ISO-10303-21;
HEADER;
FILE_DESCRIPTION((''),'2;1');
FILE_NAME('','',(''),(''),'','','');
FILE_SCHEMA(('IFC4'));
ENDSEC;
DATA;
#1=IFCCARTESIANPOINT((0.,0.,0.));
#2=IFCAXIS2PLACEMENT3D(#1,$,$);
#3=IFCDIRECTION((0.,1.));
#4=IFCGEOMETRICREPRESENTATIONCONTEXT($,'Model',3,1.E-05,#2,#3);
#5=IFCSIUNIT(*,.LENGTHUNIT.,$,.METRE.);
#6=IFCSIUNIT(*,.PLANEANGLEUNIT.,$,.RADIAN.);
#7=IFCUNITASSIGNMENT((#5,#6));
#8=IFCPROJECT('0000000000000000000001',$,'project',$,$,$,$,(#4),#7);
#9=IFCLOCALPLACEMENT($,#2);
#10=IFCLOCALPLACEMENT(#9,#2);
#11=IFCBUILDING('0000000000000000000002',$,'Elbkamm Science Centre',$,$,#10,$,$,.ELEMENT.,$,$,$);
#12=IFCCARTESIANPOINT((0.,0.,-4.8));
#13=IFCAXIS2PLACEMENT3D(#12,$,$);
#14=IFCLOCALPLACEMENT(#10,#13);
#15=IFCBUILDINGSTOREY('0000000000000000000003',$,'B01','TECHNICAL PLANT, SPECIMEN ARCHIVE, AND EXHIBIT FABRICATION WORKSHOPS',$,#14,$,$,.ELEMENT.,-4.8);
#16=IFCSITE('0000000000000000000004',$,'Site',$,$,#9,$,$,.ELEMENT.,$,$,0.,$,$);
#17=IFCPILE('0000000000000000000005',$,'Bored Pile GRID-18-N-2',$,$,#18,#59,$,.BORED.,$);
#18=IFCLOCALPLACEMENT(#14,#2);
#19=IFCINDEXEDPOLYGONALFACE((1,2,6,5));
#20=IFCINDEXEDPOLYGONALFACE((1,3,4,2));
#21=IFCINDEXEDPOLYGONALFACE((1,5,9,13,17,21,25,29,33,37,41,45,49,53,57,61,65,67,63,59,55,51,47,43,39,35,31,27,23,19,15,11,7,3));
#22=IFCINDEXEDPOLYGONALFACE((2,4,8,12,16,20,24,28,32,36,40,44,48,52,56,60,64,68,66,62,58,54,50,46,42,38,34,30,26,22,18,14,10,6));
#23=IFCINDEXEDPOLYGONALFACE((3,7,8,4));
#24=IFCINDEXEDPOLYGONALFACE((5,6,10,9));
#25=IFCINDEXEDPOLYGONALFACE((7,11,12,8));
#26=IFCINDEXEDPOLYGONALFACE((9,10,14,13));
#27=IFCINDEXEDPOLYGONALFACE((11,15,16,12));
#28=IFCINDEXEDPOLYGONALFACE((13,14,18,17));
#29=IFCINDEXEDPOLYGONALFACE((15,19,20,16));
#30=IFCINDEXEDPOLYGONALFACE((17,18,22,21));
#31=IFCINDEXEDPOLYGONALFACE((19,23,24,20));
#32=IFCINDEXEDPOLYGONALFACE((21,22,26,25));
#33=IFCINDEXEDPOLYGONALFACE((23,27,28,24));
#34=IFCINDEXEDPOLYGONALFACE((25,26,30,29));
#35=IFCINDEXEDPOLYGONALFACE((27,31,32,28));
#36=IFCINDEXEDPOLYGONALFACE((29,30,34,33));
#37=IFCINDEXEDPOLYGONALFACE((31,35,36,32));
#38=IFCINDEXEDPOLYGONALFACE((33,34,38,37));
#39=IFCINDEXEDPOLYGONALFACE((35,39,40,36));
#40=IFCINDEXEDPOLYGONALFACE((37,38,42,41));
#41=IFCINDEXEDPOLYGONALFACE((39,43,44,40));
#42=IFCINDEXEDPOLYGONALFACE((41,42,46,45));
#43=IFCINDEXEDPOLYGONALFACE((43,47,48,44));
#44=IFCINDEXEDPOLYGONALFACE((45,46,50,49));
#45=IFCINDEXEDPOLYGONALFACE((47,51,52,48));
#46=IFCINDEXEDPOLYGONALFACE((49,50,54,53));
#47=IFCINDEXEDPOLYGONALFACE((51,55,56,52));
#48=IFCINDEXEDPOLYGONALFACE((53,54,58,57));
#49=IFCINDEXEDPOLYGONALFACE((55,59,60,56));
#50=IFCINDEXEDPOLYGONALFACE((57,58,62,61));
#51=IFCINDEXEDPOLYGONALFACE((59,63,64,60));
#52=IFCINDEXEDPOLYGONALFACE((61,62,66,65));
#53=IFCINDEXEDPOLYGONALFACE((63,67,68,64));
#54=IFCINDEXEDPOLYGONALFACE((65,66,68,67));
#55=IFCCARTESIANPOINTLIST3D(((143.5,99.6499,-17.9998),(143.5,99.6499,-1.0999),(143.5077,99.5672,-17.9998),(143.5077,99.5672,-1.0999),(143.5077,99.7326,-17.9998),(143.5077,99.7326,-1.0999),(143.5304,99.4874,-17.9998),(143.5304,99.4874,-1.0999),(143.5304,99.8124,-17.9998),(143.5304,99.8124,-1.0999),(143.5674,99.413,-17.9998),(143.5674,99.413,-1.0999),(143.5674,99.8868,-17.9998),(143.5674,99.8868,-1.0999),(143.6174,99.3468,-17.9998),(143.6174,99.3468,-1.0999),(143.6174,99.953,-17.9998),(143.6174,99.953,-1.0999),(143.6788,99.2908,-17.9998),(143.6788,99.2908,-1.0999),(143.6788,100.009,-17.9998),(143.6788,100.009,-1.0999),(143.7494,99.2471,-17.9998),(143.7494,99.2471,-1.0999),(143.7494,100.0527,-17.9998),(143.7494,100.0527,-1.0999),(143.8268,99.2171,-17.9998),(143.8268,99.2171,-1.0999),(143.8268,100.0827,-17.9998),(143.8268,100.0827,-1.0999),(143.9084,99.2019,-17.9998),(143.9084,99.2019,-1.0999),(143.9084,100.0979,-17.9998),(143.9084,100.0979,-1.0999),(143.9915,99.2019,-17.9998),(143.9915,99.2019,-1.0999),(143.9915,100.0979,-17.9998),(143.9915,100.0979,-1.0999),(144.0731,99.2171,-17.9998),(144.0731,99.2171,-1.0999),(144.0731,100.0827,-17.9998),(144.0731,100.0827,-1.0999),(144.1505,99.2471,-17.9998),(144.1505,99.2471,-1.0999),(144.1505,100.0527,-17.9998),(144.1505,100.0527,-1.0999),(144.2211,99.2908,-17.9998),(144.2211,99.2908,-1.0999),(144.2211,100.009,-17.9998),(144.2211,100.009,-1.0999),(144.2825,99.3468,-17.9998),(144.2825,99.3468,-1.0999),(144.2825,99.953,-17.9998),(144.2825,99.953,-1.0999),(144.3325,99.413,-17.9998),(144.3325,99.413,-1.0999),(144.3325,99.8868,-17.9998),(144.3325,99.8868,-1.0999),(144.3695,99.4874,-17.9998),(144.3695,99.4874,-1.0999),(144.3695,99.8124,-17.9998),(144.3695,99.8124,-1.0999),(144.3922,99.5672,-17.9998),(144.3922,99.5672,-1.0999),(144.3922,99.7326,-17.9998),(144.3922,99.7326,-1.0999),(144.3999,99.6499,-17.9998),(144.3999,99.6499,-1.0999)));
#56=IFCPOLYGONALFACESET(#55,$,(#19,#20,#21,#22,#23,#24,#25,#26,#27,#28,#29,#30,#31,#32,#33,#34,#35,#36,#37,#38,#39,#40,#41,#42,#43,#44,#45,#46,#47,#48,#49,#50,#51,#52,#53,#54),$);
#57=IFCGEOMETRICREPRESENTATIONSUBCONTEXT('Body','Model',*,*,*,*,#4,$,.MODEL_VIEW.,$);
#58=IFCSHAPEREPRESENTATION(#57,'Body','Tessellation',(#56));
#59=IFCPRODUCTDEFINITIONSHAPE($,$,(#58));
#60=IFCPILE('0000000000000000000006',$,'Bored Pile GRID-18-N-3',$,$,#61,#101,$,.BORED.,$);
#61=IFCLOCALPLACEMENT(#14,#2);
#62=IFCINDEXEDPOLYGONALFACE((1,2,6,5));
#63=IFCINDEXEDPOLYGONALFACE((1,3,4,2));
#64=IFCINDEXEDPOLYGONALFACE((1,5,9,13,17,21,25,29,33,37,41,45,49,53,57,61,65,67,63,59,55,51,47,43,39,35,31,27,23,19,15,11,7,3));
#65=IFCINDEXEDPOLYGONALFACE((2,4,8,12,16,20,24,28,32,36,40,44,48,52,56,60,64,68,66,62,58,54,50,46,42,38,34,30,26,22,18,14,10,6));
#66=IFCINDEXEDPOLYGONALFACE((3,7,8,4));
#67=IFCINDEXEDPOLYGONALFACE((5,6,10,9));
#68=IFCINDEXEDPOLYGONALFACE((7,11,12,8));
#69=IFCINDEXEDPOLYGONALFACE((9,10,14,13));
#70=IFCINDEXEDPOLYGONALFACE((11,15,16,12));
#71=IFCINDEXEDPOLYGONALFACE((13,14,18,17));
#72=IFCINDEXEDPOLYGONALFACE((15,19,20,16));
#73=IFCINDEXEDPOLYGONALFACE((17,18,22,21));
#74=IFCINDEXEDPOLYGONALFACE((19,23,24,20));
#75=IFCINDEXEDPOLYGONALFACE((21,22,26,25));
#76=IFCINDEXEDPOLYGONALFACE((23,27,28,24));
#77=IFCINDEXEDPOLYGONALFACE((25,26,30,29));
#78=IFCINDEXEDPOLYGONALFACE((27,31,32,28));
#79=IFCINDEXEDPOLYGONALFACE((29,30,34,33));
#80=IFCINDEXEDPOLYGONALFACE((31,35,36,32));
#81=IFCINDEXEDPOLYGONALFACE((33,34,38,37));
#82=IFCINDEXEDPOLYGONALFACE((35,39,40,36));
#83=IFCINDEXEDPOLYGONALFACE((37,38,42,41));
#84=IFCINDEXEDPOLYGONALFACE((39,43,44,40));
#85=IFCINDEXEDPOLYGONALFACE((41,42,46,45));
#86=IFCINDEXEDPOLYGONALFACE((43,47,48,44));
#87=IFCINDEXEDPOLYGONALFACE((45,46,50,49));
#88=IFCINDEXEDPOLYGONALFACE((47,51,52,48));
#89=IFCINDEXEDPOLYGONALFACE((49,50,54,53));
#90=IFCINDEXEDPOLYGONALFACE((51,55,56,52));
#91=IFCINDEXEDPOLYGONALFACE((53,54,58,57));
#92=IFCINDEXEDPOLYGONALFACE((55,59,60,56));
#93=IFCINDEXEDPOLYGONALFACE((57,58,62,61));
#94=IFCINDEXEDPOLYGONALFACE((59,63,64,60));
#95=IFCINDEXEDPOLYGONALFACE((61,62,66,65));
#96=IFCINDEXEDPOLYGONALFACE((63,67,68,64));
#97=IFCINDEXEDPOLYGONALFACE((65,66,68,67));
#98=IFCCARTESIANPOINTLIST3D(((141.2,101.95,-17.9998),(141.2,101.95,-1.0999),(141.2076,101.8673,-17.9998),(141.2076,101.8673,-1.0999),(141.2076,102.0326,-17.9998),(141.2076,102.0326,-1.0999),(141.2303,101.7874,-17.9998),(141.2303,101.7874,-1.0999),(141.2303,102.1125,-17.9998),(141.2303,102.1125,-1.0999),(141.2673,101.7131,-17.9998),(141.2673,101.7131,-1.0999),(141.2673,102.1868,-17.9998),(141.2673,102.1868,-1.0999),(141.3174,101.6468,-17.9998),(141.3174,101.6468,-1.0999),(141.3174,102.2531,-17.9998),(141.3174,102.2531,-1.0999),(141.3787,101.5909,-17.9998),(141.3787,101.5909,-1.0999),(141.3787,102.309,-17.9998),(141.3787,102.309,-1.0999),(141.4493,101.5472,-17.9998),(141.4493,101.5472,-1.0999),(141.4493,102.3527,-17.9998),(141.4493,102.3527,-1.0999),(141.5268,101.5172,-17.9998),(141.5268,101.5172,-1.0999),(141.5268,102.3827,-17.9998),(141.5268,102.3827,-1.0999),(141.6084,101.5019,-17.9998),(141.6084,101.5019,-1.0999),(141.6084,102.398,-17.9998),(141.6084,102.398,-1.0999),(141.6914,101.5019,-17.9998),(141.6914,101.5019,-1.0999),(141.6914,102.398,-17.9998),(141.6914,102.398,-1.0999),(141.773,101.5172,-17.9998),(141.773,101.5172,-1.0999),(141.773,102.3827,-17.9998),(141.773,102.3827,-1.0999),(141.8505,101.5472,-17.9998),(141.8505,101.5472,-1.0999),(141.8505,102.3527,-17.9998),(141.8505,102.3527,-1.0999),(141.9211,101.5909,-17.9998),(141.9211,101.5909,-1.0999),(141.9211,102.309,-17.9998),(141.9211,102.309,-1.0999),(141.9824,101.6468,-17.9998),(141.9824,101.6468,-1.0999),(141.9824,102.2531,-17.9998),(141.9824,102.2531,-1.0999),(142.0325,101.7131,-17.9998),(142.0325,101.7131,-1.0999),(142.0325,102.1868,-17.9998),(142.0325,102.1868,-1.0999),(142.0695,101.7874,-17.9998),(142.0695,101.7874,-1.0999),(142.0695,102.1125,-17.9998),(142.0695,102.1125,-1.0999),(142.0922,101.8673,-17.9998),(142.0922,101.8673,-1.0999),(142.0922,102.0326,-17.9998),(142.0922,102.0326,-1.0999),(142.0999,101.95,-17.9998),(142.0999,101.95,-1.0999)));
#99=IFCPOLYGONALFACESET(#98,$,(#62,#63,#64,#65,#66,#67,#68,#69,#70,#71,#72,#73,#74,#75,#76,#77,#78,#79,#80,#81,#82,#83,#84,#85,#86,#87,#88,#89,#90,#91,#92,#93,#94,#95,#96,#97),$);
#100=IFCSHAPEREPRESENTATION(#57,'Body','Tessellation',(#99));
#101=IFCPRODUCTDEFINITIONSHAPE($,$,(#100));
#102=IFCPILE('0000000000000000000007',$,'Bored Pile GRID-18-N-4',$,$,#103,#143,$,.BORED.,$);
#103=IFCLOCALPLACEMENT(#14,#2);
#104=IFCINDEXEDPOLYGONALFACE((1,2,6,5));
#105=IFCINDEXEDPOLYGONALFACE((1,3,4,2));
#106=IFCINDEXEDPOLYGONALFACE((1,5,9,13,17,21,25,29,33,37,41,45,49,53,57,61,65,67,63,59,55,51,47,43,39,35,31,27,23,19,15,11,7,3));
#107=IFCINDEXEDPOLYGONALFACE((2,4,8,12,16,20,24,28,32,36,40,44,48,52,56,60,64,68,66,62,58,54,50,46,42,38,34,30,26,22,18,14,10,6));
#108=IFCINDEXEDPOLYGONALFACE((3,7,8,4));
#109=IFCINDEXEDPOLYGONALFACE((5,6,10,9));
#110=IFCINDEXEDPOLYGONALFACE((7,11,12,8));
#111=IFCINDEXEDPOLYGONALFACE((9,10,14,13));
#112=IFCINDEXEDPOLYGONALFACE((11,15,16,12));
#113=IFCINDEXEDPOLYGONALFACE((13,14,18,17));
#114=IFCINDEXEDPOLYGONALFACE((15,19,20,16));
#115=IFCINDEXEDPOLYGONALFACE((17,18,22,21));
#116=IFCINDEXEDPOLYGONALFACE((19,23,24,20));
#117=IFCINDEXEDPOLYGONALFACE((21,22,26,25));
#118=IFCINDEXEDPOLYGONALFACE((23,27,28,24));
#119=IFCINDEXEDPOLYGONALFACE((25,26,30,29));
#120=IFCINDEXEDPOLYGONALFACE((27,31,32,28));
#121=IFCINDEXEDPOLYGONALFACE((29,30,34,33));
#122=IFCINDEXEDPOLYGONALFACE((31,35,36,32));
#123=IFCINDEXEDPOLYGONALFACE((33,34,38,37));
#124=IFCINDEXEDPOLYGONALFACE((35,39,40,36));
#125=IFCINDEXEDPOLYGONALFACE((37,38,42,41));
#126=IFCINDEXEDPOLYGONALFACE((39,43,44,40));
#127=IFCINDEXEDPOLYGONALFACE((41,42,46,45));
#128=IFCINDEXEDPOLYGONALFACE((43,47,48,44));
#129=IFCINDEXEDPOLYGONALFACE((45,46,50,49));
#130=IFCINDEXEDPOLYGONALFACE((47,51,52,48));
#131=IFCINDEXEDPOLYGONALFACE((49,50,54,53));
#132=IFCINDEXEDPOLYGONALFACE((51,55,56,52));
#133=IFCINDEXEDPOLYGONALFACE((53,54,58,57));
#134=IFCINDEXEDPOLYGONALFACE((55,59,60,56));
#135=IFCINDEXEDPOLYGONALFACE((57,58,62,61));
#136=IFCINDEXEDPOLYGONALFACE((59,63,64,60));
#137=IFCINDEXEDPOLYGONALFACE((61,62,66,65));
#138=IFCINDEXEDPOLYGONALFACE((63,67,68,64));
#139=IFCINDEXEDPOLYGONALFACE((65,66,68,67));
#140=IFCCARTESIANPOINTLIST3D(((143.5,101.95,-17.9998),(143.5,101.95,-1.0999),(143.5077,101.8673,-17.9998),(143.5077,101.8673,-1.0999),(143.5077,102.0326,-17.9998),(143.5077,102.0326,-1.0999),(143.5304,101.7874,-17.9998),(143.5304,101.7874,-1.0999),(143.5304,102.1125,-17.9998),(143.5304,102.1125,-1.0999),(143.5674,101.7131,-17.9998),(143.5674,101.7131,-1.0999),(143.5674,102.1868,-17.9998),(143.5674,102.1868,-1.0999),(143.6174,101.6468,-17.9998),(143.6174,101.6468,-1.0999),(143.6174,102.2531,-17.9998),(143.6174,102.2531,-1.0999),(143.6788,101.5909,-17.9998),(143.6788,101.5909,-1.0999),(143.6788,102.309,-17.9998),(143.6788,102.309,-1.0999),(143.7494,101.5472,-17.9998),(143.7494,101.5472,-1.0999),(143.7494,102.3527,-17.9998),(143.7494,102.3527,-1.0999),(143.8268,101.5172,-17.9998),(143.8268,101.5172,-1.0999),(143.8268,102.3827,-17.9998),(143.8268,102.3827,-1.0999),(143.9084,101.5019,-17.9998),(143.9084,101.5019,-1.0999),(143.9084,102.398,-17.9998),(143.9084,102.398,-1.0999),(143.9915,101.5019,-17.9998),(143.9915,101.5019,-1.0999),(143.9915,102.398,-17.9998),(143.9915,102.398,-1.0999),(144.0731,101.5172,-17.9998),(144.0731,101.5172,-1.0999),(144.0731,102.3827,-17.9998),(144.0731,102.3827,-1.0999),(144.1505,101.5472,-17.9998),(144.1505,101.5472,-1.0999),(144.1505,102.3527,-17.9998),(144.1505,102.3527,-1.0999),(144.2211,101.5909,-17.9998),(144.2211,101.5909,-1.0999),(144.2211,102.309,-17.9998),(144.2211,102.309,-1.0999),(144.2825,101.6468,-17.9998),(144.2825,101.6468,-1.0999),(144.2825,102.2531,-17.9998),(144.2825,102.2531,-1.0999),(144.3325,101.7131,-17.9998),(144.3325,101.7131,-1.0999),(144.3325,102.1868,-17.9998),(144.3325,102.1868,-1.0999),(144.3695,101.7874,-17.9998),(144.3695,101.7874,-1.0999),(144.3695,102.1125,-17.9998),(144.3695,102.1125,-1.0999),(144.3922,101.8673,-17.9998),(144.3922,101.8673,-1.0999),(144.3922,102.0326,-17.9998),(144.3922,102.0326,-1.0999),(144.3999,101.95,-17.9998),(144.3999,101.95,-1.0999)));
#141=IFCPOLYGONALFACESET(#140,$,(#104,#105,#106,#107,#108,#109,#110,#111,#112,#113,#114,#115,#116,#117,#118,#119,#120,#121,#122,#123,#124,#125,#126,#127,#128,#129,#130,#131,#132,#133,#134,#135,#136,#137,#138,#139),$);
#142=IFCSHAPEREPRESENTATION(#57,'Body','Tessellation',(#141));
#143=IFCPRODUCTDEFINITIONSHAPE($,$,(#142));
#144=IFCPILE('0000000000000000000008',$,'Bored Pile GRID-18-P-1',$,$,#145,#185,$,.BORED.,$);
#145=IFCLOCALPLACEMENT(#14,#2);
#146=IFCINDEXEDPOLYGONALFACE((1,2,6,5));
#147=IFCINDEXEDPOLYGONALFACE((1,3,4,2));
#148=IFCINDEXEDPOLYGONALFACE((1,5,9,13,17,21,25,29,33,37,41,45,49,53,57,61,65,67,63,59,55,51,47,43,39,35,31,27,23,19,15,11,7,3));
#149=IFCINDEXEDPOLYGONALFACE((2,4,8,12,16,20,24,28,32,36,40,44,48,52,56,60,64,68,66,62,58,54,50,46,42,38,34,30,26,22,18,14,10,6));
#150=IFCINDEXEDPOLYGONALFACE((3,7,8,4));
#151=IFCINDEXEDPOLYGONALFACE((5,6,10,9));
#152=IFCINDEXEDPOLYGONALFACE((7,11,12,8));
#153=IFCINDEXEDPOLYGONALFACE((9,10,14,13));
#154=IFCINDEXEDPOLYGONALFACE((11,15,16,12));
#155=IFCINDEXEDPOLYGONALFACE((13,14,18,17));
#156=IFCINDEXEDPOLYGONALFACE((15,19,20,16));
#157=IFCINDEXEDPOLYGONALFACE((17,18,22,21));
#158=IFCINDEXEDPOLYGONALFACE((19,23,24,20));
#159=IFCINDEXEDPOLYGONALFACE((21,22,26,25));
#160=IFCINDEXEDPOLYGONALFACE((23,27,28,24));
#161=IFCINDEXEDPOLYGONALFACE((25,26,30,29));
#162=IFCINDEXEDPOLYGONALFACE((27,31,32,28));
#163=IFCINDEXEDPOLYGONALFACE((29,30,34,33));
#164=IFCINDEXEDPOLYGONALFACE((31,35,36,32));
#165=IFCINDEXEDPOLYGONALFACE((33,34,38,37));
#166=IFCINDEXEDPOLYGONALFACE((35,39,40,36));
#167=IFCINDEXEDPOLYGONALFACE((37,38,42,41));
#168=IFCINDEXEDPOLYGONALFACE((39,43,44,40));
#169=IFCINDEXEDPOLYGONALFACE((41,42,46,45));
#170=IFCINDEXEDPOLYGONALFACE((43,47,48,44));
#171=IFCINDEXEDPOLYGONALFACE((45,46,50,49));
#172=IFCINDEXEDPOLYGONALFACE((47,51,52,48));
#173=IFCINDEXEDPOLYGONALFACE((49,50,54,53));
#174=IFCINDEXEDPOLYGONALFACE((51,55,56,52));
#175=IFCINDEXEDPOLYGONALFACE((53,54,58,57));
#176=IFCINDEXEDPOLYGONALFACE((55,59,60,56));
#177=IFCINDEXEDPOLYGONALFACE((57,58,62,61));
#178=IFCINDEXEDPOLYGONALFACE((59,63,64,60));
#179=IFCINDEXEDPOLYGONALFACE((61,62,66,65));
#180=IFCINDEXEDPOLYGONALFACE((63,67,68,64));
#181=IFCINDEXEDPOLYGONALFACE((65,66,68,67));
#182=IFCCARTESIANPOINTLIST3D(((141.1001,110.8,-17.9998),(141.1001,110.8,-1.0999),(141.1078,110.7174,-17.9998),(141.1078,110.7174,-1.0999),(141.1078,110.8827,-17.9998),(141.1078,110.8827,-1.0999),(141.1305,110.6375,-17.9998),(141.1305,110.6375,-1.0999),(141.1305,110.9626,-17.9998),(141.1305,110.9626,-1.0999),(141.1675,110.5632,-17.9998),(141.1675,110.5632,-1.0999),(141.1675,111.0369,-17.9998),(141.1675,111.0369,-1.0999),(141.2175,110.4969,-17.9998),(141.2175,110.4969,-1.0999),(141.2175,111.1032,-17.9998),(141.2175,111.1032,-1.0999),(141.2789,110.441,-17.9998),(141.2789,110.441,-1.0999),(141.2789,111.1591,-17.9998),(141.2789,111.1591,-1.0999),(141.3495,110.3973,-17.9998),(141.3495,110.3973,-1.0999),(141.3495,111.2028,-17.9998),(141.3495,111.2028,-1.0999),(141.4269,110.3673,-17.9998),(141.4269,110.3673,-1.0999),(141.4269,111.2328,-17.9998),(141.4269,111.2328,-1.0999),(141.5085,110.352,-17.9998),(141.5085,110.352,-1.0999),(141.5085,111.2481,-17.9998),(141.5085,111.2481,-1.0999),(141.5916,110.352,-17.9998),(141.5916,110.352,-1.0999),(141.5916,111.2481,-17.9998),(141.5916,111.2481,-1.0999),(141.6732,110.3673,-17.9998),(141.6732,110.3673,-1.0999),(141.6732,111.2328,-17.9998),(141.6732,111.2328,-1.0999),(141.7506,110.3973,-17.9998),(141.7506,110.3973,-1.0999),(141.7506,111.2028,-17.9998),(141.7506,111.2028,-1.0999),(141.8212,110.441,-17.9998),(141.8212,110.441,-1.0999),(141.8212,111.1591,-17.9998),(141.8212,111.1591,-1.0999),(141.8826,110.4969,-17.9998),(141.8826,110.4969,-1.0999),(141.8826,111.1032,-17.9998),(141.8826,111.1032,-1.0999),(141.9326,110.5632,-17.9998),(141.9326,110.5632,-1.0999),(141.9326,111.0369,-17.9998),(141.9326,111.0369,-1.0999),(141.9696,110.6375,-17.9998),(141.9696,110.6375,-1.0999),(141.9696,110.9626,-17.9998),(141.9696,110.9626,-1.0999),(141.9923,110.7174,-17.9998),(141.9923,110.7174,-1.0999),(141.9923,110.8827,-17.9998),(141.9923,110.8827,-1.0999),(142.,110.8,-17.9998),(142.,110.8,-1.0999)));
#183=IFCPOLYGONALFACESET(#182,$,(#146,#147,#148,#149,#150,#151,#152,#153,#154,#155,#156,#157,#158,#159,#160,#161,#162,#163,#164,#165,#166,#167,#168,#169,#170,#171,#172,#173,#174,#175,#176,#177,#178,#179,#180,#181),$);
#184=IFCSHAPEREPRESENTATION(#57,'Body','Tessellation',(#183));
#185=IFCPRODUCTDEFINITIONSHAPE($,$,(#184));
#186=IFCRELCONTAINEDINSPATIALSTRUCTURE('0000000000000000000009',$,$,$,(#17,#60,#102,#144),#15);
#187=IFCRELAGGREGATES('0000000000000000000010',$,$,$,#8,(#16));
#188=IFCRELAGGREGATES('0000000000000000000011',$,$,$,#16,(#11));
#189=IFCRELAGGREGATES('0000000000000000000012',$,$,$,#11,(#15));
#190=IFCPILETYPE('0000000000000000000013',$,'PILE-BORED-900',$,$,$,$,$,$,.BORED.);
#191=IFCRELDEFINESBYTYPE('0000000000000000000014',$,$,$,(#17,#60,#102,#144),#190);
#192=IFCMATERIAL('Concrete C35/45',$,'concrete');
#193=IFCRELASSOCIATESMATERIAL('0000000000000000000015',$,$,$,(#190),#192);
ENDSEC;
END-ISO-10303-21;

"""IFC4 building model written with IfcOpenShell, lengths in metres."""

from ifc_helpers import new_model, si_unit, direction, frame, origin, origin_2d, place, context, subcontext, project, spatial, circle, extrude, material, material_profile, profile_set, type_object, element, save


model = new_model("IFC4")

# Units and contexts
model_context = context("Model", 3, precision=1e-05, world=origin(), true_north=direction((0.0, 1.0)))
body_context = subcontext(model_context, "Body", "Model", "MODEL_VIEW")
ifc_project = project(units=[si_unit("LENGTHUNIT", "METRE"), si_unit("PLANEANGLEUNIT", "RADIAN")], contexts=[model_context])

# Site, building, storey
site_placement = place(None, origin())
site = spatial("IfcSite", under=ifc_project, at=site_placement, Name="Site", CompositionType="ELEMENT", RefElevation=0.0)
building_placement = place(site_placement, origin())
building = spatial("IfcBuilding", under=site, at=building_placement, Name="Elbkamm Science Centre", CompositionType="ELEMENT")
storey_placement = place(building_placement, frame((0.0, 0.0, -4.8)))
storey = spatial("IfcBuildingStorey", under=building, at=storey_placement, Name="B01", Description="TECHNICAL PLANT, SPECIMEN ARCHIVE, AND EXHIBIT FABRICATION WORKSHOPS", CompositionType="ELEMENT", Elevation=-4.8)

# Shared definitions
ifc_material_1 = material(Name="Concrete C35/45", Category="concrete")

# Piles
ifc_material_profile_1 = material_profile(ifc_material_1, circle(Radius=0.45, at=origin_2d()), Name="PILE D900")
ifc_profile_set_1 = profile_set([ifc_material_profile_1], Name="Concrete C35/45")
pile_type = type_object("IfcPileType", Name="PILE-BORED-900", PredefinedType="BORED", material=ifc_profile_set_1)
for number, where, z_axis, x_axis, name in (
    (1, (143.95, 99.6499, -1.0999), (0.0, 0.0, -1.0), (1.0, 0.0, 0.0), "Bored Pile GRID-18-N-2"),
    (2, (141.6499, 101.95, -1.0999), (0.0, 0.0, -1.0), (1.0, 0.0, 0.0), "Bored Pile GRID-18-N-3"),
    (3, (143.95, 101.95, -1.0999), (0.0, 0.0, -1.0), (1.0, 0.0, 0.0), "Bored Pile GRID-18-N-4"),
    (4, (141.55, 110.8, -1.0999), (0.0, 0.0, -1.0), (1.0, 0.0, 0.0), "Bored Pile GRID-18-P-1"),
):
    element("IfcPile", number, at=place(storey_placement, frame(where, z_axis=z_axis, x_axis=x_axis)), inside=storey, type_object=pile_type, Name=name, PredefinedType="BORED", context=body_context, shape_type="SweptSolid", body=[
        extrude(circle(Radius=0.45, at=origin_2d()), origin(), (0.0, 0.0, 1.0), 16.8999),
    ])

save(model, "model.ifc")
